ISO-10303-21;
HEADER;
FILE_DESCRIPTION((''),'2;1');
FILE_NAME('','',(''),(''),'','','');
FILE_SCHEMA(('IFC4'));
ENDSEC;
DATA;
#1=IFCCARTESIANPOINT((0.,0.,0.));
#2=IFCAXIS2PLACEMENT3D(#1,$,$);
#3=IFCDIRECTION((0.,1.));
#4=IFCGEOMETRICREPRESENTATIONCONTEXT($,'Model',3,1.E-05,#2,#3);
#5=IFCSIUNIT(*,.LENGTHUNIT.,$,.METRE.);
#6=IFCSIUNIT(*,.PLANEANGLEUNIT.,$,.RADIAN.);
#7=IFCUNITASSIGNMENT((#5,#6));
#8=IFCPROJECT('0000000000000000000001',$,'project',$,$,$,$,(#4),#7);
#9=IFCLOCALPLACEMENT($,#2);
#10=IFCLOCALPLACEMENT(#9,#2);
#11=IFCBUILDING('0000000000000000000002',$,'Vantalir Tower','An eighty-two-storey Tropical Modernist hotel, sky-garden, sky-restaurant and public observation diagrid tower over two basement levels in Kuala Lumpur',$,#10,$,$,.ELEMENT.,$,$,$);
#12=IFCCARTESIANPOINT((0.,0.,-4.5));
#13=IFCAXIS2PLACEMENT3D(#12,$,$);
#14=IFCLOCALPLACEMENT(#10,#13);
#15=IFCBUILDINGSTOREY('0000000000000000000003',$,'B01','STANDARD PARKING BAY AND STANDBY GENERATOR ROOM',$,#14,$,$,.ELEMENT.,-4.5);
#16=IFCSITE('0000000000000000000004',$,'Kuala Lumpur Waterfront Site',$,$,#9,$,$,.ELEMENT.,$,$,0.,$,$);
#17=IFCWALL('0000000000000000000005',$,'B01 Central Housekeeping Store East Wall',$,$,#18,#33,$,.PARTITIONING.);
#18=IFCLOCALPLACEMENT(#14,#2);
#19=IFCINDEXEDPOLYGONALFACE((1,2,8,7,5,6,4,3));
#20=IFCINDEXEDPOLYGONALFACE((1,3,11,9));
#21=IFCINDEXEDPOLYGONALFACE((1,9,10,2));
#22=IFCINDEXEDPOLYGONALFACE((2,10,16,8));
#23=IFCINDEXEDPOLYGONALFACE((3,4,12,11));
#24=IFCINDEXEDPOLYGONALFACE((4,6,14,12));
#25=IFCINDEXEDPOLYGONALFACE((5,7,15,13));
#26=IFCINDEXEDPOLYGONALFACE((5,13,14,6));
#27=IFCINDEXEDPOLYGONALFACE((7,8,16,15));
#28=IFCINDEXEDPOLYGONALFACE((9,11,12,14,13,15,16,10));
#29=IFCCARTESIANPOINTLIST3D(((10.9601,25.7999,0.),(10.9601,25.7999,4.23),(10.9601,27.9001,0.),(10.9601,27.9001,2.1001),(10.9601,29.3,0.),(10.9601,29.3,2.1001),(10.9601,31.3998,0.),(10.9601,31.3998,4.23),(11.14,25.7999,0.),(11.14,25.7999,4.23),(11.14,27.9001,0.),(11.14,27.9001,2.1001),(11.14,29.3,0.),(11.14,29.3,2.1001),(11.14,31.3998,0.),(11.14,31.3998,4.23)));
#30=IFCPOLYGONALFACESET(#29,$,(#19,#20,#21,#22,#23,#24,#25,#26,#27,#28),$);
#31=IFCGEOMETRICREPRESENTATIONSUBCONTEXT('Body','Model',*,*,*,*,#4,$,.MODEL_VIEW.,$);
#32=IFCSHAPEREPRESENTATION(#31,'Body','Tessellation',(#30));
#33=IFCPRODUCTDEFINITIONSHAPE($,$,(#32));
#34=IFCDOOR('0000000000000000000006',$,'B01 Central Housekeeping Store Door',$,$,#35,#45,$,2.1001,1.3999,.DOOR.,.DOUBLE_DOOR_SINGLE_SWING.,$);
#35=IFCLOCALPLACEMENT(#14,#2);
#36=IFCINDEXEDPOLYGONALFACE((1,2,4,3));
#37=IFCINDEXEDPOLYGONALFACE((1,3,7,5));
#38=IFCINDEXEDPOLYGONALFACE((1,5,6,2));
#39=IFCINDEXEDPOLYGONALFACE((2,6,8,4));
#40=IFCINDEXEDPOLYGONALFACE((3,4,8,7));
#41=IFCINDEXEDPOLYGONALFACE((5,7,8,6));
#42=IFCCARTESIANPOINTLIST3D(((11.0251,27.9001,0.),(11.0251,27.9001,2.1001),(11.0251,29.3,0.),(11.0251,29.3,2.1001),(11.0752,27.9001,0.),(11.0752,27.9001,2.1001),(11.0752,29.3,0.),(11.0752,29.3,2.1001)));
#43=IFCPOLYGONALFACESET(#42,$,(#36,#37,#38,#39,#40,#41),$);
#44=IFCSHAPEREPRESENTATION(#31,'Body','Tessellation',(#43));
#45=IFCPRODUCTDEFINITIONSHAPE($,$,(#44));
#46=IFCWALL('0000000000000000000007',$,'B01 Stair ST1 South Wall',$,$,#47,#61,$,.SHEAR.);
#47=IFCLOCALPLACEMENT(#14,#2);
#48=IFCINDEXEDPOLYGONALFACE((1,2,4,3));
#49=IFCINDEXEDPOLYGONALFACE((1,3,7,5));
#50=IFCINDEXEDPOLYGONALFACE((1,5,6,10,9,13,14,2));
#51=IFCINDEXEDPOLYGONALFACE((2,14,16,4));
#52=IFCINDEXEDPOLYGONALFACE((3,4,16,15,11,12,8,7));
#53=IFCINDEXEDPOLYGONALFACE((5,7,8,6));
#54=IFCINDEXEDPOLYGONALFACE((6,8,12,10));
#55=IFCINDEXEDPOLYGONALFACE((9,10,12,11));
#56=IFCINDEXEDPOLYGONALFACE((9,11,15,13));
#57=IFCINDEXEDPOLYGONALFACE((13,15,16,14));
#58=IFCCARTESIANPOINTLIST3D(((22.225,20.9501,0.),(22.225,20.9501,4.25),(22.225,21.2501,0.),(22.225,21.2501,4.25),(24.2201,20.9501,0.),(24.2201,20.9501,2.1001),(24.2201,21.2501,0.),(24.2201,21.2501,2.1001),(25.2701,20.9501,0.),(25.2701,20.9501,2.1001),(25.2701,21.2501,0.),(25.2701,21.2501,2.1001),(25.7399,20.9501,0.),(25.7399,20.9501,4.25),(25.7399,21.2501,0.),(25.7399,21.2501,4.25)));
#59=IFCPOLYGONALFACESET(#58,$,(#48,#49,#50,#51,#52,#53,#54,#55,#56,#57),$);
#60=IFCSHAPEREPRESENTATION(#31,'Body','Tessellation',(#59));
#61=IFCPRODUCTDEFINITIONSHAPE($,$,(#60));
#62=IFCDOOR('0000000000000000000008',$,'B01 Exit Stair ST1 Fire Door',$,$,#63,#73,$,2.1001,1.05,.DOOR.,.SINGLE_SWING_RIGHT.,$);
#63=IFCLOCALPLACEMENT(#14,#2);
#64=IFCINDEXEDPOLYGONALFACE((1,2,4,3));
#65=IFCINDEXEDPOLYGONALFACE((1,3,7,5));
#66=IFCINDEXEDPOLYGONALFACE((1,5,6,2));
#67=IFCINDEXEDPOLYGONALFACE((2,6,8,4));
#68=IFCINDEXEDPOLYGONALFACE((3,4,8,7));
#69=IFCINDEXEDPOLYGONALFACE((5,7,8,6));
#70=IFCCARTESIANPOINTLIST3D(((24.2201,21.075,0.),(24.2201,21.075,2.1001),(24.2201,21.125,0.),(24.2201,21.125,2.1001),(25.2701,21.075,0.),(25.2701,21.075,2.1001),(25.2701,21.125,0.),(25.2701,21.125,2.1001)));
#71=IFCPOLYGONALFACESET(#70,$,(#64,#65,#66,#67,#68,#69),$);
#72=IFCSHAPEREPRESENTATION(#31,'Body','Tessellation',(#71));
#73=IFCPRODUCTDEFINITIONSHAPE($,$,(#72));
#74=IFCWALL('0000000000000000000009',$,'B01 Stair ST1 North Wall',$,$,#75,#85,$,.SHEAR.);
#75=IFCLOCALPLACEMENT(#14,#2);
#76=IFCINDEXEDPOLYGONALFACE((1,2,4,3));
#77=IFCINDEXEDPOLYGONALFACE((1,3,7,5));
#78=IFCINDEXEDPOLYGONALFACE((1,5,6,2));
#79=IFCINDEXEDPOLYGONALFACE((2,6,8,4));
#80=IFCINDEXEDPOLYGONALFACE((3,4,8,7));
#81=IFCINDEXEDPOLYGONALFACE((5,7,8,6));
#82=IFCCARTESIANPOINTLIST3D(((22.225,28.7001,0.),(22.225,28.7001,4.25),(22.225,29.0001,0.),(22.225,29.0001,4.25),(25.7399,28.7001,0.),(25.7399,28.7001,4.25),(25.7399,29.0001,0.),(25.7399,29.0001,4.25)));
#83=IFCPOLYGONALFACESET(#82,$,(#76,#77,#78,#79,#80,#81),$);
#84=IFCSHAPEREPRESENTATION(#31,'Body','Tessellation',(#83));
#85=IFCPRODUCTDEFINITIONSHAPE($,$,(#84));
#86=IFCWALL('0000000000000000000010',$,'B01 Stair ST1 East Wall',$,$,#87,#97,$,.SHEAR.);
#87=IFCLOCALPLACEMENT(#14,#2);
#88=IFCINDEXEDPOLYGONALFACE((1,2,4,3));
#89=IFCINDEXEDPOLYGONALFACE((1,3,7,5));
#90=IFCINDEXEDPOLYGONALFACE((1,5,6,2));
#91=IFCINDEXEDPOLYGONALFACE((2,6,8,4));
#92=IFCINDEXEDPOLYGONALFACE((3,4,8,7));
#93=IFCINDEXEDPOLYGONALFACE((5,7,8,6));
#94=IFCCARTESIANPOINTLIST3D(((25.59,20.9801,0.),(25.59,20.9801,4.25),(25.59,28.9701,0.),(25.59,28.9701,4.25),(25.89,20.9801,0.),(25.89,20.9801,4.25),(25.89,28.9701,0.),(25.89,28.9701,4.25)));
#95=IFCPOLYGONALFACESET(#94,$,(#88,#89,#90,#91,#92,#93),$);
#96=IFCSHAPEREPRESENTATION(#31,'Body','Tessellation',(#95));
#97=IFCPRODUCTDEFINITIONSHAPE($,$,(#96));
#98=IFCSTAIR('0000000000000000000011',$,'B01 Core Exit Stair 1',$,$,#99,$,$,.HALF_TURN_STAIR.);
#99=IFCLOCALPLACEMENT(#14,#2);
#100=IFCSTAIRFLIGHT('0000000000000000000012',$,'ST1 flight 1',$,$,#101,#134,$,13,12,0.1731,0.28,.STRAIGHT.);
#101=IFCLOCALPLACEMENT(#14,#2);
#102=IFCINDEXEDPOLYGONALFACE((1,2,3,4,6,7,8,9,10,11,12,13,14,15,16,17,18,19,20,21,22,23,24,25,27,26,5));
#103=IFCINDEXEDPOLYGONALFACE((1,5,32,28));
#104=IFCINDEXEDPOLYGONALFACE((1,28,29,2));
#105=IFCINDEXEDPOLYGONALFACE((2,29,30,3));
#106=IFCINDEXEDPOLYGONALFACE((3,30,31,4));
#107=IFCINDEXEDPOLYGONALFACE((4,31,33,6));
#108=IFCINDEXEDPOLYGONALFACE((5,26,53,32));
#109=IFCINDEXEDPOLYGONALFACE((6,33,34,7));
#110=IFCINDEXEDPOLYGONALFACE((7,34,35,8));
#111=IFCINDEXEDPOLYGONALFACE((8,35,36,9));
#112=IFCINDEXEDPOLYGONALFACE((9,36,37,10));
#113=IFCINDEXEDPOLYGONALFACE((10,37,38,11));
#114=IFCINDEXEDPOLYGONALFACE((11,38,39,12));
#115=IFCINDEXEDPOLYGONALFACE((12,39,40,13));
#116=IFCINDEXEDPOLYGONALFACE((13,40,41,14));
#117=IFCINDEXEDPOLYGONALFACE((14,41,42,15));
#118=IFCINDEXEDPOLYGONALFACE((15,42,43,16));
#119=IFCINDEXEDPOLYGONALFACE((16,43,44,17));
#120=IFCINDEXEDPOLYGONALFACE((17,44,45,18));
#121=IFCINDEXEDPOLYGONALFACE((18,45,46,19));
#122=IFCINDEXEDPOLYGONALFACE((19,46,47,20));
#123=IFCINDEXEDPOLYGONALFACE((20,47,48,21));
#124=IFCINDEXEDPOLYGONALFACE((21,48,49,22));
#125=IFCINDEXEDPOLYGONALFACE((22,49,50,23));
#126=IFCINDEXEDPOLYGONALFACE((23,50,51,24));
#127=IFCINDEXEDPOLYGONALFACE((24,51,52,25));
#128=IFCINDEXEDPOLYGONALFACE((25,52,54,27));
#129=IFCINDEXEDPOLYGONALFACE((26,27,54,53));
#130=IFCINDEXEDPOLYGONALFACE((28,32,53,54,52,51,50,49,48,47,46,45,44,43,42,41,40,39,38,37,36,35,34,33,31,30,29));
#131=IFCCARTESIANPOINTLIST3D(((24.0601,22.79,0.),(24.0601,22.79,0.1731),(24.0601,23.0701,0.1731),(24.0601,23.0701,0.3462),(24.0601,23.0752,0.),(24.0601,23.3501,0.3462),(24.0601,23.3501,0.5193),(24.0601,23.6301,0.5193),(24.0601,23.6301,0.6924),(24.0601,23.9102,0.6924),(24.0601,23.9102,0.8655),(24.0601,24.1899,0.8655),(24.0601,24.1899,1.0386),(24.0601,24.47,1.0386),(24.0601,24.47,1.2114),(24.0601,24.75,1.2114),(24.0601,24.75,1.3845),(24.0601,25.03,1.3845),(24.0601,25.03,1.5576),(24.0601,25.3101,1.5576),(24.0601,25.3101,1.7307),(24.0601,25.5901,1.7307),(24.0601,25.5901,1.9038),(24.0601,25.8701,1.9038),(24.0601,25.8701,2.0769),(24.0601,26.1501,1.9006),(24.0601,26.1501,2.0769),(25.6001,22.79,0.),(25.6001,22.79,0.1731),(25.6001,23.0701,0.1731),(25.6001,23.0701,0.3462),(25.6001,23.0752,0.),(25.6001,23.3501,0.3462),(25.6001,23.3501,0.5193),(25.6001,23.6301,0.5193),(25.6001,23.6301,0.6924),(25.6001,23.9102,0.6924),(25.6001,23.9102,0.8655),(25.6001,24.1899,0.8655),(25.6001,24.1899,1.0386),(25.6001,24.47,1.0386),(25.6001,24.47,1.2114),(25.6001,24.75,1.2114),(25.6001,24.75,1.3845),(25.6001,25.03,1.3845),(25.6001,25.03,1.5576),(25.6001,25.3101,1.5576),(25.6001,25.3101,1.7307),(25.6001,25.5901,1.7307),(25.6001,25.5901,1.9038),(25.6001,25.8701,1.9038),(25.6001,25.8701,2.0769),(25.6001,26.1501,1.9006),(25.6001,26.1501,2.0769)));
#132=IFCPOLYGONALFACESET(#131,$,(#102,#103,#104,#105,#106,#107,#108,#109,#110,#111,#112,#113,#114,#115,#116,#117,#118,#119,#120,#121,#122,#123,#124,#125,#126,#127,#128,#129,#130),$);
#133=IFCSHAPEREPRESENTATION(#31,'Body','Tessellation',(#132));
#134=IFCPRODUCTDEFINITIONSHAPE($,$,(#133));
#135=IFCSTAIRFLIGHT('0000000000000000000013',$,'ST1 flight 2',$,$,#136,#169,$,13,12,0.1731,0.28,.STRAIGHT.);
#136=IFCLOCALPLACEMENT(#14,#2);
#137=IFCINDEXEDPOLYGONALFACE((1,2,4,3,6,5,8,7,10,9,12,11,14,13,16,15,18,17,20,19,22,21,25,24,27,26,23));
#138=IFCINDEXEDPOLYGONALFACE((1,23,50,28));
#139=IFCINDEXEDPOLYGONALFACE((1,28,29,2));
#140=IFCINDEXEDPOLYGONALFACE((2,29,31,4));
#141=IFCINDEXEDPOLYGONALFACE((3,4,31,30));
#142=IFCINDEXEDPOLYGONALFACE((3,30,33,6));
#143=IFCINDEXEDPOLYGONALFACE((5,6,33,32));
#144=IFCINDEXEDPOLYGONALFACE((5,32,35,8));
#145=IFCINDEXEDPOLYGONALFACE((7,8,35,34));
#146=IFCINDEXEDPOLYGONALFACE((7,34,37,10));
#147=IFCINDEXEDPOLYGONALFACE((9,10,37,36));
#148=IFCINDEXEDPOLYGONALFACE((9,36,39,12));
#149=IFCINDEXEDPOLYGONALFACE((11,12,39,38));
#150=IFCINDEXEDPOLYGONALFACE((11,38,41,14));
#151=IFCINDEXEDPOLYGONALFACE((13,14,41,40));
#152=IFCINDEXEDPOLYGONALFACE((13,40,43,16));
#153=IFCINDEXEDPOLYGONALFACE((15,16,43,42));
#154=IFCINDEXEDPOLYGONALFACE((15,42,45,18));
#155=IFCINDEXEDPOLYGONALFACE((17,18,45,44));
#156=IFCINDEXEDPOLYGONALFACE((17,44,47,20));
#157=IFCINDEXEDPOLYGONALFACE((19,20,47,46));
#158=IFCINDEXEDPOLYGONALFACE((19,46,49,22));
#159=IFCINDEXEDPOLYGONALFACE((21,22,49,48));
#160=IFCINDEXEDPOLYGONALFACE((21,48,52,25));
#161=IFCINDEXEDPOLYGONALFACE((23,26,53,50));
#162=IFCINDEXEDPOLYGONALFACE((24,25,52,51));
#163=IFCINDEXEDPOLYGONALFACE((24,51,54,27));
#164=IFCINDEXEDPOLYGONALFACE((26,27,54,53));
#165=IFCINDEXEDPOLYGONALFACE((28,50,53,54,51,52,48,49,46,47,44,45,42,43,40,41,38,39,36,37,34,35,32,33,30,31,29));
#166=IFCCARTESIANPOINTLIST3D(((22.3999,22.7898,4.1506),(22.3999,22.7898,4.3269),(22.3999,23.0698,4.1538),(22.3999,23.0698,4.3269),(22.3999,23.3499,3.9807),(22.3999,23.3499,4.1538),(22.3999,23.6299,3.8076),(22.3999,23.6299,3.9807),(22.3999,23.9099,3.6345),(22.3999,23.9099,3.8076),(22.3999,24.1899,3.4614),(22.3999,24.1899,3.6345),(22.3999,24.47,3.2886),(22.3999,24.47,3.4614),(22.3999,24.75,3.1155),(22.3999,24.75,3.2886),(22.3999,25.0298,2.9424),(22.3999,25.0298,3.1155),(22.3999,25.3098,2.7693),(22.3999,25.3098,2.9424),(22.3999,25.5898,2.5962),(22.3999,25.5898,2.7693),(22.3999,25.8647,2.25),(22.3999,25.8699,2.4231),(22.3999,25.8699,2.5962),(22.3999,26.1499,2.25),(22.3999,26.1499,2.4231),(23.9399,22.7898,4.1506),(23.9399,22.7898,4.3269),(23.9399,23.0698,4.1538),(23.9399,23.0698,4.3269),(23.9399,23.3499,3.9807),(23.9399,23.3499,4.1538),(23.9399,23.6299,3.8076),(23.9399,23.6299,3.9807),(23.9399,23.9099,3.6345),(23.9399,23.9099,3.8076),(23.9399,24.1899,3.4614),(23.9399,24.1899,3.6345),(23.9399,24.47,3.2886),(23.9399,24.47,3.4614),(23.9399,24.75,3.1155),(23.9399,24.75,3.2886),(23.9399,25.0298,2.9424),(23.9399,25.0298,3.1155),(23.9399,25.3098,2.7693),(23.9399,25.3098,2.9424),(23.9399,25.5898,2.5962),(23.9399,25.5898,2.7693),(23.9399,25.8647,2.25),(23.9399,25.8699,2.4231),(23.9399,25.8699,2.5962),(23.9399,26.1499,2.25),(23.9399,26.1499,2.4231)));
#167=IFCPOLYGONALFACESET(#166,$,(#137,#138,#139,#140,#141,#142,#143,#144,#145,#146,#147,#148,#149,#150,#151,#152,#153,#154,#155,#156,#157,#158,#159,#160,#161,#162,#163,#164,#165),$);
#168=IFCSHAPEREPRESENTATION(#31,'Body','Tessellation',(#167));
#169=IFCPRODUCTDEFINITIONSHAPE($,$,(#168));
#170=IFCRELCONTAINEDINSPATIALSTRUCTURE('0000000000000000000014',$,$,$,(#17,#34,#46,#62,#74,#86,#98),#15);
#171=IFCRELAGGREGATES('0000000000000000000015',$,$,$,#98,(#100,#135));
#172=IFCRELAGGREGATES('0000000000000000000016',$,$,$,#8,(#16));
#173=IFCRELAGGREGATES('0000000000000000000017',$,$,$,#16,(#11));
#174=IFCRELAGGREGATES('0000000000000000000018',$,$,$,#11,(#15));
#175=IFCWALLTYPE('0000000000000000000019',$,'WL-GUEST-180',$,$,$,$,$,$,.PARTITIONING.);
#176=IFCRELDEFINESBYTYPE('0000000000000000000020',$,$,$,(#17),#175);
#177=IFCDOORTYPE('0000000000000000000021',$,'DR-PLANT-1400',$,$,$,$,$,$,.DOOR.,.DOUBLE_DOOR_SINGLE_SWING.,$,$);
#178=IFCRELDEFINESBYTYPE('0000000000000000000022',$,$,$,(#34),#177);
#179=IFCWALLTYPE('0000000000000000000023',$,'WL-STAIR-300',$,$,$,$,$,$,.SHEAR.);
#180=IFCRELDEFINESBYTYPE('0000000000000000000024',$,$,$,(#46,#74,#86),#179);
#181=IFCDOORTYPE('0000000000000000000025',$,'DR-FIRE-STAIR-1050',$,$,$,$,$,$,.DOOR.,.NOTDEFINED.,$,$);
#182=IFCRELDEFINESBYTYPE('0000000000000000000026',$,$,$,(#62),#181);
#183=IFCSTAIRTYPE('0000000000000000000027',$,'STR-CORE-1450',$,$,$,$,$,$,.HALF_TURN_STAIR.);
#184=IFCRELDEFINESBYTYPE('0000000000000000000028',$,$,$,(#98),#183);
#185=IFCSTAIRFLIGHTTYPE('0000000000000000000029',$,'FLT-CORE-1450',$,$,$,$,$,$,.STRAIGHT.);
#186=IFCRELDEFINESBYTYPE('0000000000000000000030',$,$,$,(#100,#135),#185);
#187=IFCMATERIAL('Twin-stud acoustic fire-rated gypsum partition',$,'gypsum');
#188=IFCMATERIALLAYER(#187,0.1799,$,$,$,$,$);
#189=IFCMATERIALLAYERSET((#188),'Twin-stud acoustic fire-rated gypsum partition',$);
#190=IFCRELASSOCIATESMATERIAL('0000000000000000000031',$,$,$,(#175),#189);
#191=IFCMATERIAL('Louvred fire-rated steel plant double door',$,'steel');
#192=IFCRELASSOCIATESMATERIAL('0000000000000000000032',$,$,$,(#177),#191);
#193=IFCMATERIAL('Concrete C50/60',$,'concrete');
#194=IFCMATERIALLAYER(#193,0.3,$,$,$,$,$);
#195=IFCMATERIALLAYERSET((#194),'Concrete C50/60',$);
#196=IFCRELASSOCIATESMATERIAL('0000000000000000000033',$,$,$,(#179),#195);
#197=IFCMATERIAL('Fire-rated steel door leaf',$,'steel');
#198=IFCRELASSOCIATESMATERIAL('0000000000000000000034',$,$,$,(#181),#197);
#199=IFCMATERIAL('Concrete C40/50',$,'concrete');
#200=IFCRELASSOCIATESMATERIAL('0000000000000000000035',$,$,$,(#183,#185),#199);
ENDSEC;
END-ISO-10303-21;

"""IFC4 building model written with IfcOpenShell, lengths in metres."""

from ifc_helpers import new_model, si_unit, direction, frame, frame_2d, origin, place, context, subcontext, project, spatial, polyline, rectangle, outline, extrude, material, layer, layer_set, type_object, element, fill, aggregate, save


model = new_model("IFC4")

# Units and contexts
model_context = context("Model", 3, precision=1e-05, world=origin(), true_north=direction((0.0, 1.0)))
body_context = subcontext(model_context, "Body", "Model", "MODEL_VIEW")
ifc_project = project(units=[si_unit("LENGTHUNIT", "METRE"), si_unit("PLANEANGLEUNIT", "RADIAN")], contexts=[model_context])

# Site, building, storey
site_placement = place(None, origin())
site = spatial("IfcSite", under=ifc_project, at=site_placement, Name="Kuala Lumpur Waterfront Site", CompositionType="ELEMENT", RefElevation=0.0)
building_placement = place(site_placement, origin())
building = spatial("IfcBuilding", under=site, at=building_placement, Name="Vantalir Tower", Description="An eighty-two-storey Tropical Modernist hotel, sky-garden, sky-restaurant and public observation diagrid tower over two basement levels in Kuala Lumpur", CompositionType="ELEMENT")
storey_placement = place(building_placement, frame((0.0, 0.0, -4.5)))
storey = spatial("IfcBuildingStorey", under=building, at=storey_placement, Name="B01", Description="STANDARD PARKING BAY AND STANDBY GENERATOR ROOM", CompositionType="ELEMENT", Elevation=-4.5)

# Walls, openings, doors
ifc_material_1 = material(Name="Twin-stud acoustic fire-rated gypsum partition", Category="gypsum")
ifc_layer_1 = layer(ifc_material_1, 0.1799)
ifc_layer_set_1 = layer_set([ifc_layer_1], Name="Twin-stud acoustic fire-rated gypsum partition")
wall_type_1 = type_object("IfcWallType", Name="WL-GUEST-180", PredefinedType="PARTITIONING", material=ifc_layer_set_1)
wall_1_placement = place(storey_placement, frame((11.05, 25.8, 0.0), z_axis=(0.0, 0.0, 1.0), x_axis=(0.0, 1.0, 0.0)))
wall_1 = element("IfcWall", 1, at=wall_1_placement, inside=storey, type_object=wall_type_1, Name="B01 Central Housekeeping Store East Wall", PredefinedType="PARTITIONING", context=body_context, shape_type="SweptSolid", body=[
    extrude(rectangle(XDim=5.5999, YDim=0.1799, at=frame_2d((2.7998, 0.0))), origin(), (0.0, 0.0, 1.0), 4.23),
])
opening_1_placement = place(wall_1_placement, frame((2.1001, 0.0, 0.0)))
opening_1 = element("IfcOpeningElement", 2, at=opening_1_placement, cuts=wall_1, PredefinedType="OPENING", context=body_context, shape_type="SweptSolid", body=[
    extrude(rectangle(XDim=1.3999, YDim=2.1001, at=frame_2d((0.7, 1.05))), frame((0.0, 0.0999, 0.0), z_axis=(0.0, -1.0, 0.0), x_axis=(1.0, 0.0, 0.0)), (0.0, 0.0, 1.0), 0.2),
])
ifc_material_2 = material(Name="Louvred fire-rated steel plant double door", Category="steel")
door_type_1 = type_object("IfcDoorType", Name="DR-PLANT-1400", OperationType="DOUBLE_DOOR_SINGLE_SWING", PredefinedType="DOOR", material=ifc_material_2)
door_1_placement = place(opening_1_placement, origin())
door_1 = element("IfcDoor", 3, at=door_1_placement, inside=storey, type_object=door_type_1, Name="B01 Central Housekeeping Store Door", OperationType="DOUBLE_DOOR_SINGLE_SWING", OverallHeight=2.1001, OverallWidth=1.3999, PredefinedType="DOOR", context=body_context, shape_type="SweptSolid", body=[
    extrude(rectangle(XDim=1.3999, YDim=2.1001, at=frame_2d((0.7, 1.05))), frame((0.0, 0.0249, 0.0), z_axis=(0.0, -1.0, 0.0), x_axis=(1.0, 0.0, 0.0)), (0.0, 0.0, 1.0), 0.05),
])
fill(opening_1, door_1)
ifc_material_3 = material(Name="Concrete C50/60", Category="concrete")
ifc_layer_2 = layer(ifc_material_3, 0.3)
ifc_layer_set_2 = layer_set([ifc_layer_2], Name="Concrete C50/60")
wall_type_2 = type_object("IfcWallType", Name="WL-STAIR-300", PredefinedType="SHEAR", material=ifc_layer_set_2)
wall_2_placement = place(storey_placement, frame((22.2251, 21.1001, 0.0), z_axis=(0.0, 0.0, 1.0), x_axis=(1.0, 0.0, 0.0)))
wall_2 = element("IfcWall", 4, at=wall_2_placement, inside=storey, type_object=wall_type_2, Name="B01 Stair ST1 South Wall", PredefinedType="SHEAR", context=body_context, shape_type="SweptSolid", body=[
    extrude(rectangle(XDim=3.5149, YDim=0.3, at=frame_2d((1.7573, 0.0))), origin(), (0.0, 0.0, 1.0), 4.25),
])
opening_2_placement = place(wall_2_placement, frame((1.9951, 0.0, 0.0)))
opening_2 = element("IfcOpeningElement", 5, at=opening_2_placement, cuts=wall_2, PredefinedType="OPENING", context=body_context, shape_type="SweptSolid", body=[
    extrude(rectangle(XDim=1.05, YDim=2.1001, at=frame_2d((0.5249, 1.05))), frame((0.0, 0.1599, 0.0), z_axis=(0.0, -1.0, 0.0), x_axis=(1.0, 0.0, 0.0)), (0.0, 0.0, 1.0), 0.3201),
])
ifc_material_4 = material(Name="Fire-rated steel door leaf", Category="steel")
door_type_2 = type_object("IfcDoorType", Name="DR-FIRE-STAIR-1050", OperationType="NOTDEFINED", PredefinedType="DOOR", material=ifc_material_4)
door_2_placement = place(opening_2_placement, origin())
door_2 = element("IfcDoor", 6, at=door_2_placement, inside=storey, type_object=door_type_2, Name="B01 Exit Stair ST1 Fire Door", OperationType="SINGLE_SWING_RIGHT", OverallHeight=2.1001, OverallWidth=1.05, PredefinedType="DOOR", context=body_context, shape_type="SweptSolid", body=[
    extrude(rectangle(XDim=1.05, YDim=2.1001, at=frame_2d((0.5249, 1.05))), frame((0.0, 0.0249, 0.0), z_axis=(0.0, -1.0, 0.0), x_axis=(1.0, 0.0, 0.0)), (0.0, 0.0, 1.0), 0.05),
])
fill(opening_2, door_2)

# Walls
wall_3_placement = place(storey_placement, frame((22.2251, 28.8501, 0.0), z_axis=(0.0, 0.0, 1.0), x_axis=(1.0, 0.0, 0.0)))
element("IfcWall", 7, at=wall_3_placement, inside=storey, type_object=wall_type_2, Name="B01 Stair ST1 North Wall", PredefinedType="SHEAR", context=body_context, shape_type="SweptSolid", body=[
    extrude(rectangle(XDim=3.5149, YDim=0.3, at=frame_2d((1.7573, 0.0))), origin(), (0.0, 0.0, 1.0), 4.25),
])
wall_4_placement = place(storey_placement, frame((25.74, 20.98, 0.0), z_axis=(0.0, 0.0, 1.0), x_axis=(0.0, 1.0, 0.0)))
element("IfcWall", 8, at=wall_4_placement, inside=storey, type_object=wall_type_2, Name="B01 Stair ST1 East Wall", PredefinedType="SHEAR", context=body_context, shape_type="SweptSolid", body=[
    extrude(rectangle(XDim=7.99, YDim=0.3, at=frame_2d((3.9951, 0.0))), origin(), (0.0, 0.0, 1.0), 4.25),
])

# Stair, stair flights
ifc_material_5 = material(Name="Concrete C40/50", Category="concrete")
stair_type = type_object("IfcStairType", Name="STR-CORE-1450", PredefinedType="HALF_TURN_STAIR", material=ifc_material_5)
stair_placement = place(storey_placement, origin())
stair = element("IfcStair", 9, at=stair_placement, inside=storey, type_object=stair_type, Name="B01 Core Exit Stair 1", PredefinedType="HALF_TURN_STAIR")
stair_flight_type = type_object("IfcStairFlightType", Name="FLT-CORE-1450", PredefinedType="STRAIGHT", material=ifc_material_5)
stair_flight_1_placement = place(storey_placement, frame((24.8301, 22.79, 0.0), z_axis=(0.0, 0.0, 1.0), x_axis=(0.0, 1.0, 0.0)))
stair_flight_1 = element("IfcStairFlight", 10, at=stair_flight_1_placement, type_object=stair_flight_type, Name="ST1 flight 1", NumberOfRisers=13, NumberOfTreads=12, PredefinedType="STRAIGHT", RiserHeight=0.1731, TreadLength=0.28, context=body_context, shape_type="SweptSolid", body=[
    extrude(outline(polyline([(0.0, 0.0), (0.0, 0.1731), (0.28, 0.1731), (0.28, 0.3462), (0.5601, 0.3462), (0.5601, 0.5193), (0.8401, 0.5193), (0.8401, 0.6924), (1.1201, 0.6924), (1.1201, 0.8655), (1.3999, 0.8655), (1.3999, 1.0386), (1.6799, 1.0386), (1.6799, 1.2114), (1.96, 1.2114), (1.96, 1.3845), (2.24, 1.3845), (2.24, 1.5576), (2.52, 1.5576), (2.52, 1.7307), (2.8, 1.7307), (2.8, 1.9038), (3.0801, 1.9038), (3.0801, 2.0769), (3.3601, 2.0769), (3.3601, 2.25), (3.3601, 1.9006), (0.2852, 0.0), (0.0, 0.0)])), frame((0.0, 0.77, 0.0), z_axis=(0.0, -1.0, 0.0), x_axis=(1.0, 0.0, 0.0)), (0.0, 0.0, 1.0), 1.54),
])
stair_flight_2_placement = place(storey_placement, frame((23.1699, 26.1499, 2.25), z_axis=(0.0, 0.0, 1.0), x_axis=(0.0, -1.0, 0.0)))
stair_flight_2 = element("IfcStairFlight", 11, at=stair_flight_2_placement, type_object=stair_flight_type, Name="ST1 flight 2", NumberOfRisers=13, NumberOfTreads=12, PredefinedType="STRAIGHT", RiserHeight=0.1731, TreadLength=0.28, context=body_context, shape_type="SweptSolid", body=[
    extrude(outline(polyline([(0.0, 0.0), (0.0, 0.1731), (0.28, 0.1731), (0.28, 0.3462), (0.5601, 0.3462), (0.5601, 0.5193), (0.8401, 0.5193), (0.8401, 0.6924), (1.1201, 0.6924), (1.1201, 0.8655), (1.3999, 0.8655), (1.3999, 1.0386), (1.6799, 1.0386), (1.6799, 1.2114), (1.96, 1.2114), (1.96, 1.3845), (2.24, 1.3845), (2.24, 1.5576), (2.52, 1.5576), (2.52, 1.7307), (2.8, 1.7307), (2.8, 1.9038), (3.0801, 1.9038), (3.0801, 2.0769), (3.3601, 2.0769), (3.3601, 2.25), (3.3601, 1.9006), (0.2852, 0.0), (0.0, 0.0)])), frame((0.0, 0.77, 0.0), z_axis=(0.0, -1.0, 0.0), x_axis=(1.0, 0.0, 0.0)), (0.0, 0.0, 1.0), 1.54),
])
aggregate(stair, [stair_flight_1, stair_flight_2])

save(model, "model.ifc")
